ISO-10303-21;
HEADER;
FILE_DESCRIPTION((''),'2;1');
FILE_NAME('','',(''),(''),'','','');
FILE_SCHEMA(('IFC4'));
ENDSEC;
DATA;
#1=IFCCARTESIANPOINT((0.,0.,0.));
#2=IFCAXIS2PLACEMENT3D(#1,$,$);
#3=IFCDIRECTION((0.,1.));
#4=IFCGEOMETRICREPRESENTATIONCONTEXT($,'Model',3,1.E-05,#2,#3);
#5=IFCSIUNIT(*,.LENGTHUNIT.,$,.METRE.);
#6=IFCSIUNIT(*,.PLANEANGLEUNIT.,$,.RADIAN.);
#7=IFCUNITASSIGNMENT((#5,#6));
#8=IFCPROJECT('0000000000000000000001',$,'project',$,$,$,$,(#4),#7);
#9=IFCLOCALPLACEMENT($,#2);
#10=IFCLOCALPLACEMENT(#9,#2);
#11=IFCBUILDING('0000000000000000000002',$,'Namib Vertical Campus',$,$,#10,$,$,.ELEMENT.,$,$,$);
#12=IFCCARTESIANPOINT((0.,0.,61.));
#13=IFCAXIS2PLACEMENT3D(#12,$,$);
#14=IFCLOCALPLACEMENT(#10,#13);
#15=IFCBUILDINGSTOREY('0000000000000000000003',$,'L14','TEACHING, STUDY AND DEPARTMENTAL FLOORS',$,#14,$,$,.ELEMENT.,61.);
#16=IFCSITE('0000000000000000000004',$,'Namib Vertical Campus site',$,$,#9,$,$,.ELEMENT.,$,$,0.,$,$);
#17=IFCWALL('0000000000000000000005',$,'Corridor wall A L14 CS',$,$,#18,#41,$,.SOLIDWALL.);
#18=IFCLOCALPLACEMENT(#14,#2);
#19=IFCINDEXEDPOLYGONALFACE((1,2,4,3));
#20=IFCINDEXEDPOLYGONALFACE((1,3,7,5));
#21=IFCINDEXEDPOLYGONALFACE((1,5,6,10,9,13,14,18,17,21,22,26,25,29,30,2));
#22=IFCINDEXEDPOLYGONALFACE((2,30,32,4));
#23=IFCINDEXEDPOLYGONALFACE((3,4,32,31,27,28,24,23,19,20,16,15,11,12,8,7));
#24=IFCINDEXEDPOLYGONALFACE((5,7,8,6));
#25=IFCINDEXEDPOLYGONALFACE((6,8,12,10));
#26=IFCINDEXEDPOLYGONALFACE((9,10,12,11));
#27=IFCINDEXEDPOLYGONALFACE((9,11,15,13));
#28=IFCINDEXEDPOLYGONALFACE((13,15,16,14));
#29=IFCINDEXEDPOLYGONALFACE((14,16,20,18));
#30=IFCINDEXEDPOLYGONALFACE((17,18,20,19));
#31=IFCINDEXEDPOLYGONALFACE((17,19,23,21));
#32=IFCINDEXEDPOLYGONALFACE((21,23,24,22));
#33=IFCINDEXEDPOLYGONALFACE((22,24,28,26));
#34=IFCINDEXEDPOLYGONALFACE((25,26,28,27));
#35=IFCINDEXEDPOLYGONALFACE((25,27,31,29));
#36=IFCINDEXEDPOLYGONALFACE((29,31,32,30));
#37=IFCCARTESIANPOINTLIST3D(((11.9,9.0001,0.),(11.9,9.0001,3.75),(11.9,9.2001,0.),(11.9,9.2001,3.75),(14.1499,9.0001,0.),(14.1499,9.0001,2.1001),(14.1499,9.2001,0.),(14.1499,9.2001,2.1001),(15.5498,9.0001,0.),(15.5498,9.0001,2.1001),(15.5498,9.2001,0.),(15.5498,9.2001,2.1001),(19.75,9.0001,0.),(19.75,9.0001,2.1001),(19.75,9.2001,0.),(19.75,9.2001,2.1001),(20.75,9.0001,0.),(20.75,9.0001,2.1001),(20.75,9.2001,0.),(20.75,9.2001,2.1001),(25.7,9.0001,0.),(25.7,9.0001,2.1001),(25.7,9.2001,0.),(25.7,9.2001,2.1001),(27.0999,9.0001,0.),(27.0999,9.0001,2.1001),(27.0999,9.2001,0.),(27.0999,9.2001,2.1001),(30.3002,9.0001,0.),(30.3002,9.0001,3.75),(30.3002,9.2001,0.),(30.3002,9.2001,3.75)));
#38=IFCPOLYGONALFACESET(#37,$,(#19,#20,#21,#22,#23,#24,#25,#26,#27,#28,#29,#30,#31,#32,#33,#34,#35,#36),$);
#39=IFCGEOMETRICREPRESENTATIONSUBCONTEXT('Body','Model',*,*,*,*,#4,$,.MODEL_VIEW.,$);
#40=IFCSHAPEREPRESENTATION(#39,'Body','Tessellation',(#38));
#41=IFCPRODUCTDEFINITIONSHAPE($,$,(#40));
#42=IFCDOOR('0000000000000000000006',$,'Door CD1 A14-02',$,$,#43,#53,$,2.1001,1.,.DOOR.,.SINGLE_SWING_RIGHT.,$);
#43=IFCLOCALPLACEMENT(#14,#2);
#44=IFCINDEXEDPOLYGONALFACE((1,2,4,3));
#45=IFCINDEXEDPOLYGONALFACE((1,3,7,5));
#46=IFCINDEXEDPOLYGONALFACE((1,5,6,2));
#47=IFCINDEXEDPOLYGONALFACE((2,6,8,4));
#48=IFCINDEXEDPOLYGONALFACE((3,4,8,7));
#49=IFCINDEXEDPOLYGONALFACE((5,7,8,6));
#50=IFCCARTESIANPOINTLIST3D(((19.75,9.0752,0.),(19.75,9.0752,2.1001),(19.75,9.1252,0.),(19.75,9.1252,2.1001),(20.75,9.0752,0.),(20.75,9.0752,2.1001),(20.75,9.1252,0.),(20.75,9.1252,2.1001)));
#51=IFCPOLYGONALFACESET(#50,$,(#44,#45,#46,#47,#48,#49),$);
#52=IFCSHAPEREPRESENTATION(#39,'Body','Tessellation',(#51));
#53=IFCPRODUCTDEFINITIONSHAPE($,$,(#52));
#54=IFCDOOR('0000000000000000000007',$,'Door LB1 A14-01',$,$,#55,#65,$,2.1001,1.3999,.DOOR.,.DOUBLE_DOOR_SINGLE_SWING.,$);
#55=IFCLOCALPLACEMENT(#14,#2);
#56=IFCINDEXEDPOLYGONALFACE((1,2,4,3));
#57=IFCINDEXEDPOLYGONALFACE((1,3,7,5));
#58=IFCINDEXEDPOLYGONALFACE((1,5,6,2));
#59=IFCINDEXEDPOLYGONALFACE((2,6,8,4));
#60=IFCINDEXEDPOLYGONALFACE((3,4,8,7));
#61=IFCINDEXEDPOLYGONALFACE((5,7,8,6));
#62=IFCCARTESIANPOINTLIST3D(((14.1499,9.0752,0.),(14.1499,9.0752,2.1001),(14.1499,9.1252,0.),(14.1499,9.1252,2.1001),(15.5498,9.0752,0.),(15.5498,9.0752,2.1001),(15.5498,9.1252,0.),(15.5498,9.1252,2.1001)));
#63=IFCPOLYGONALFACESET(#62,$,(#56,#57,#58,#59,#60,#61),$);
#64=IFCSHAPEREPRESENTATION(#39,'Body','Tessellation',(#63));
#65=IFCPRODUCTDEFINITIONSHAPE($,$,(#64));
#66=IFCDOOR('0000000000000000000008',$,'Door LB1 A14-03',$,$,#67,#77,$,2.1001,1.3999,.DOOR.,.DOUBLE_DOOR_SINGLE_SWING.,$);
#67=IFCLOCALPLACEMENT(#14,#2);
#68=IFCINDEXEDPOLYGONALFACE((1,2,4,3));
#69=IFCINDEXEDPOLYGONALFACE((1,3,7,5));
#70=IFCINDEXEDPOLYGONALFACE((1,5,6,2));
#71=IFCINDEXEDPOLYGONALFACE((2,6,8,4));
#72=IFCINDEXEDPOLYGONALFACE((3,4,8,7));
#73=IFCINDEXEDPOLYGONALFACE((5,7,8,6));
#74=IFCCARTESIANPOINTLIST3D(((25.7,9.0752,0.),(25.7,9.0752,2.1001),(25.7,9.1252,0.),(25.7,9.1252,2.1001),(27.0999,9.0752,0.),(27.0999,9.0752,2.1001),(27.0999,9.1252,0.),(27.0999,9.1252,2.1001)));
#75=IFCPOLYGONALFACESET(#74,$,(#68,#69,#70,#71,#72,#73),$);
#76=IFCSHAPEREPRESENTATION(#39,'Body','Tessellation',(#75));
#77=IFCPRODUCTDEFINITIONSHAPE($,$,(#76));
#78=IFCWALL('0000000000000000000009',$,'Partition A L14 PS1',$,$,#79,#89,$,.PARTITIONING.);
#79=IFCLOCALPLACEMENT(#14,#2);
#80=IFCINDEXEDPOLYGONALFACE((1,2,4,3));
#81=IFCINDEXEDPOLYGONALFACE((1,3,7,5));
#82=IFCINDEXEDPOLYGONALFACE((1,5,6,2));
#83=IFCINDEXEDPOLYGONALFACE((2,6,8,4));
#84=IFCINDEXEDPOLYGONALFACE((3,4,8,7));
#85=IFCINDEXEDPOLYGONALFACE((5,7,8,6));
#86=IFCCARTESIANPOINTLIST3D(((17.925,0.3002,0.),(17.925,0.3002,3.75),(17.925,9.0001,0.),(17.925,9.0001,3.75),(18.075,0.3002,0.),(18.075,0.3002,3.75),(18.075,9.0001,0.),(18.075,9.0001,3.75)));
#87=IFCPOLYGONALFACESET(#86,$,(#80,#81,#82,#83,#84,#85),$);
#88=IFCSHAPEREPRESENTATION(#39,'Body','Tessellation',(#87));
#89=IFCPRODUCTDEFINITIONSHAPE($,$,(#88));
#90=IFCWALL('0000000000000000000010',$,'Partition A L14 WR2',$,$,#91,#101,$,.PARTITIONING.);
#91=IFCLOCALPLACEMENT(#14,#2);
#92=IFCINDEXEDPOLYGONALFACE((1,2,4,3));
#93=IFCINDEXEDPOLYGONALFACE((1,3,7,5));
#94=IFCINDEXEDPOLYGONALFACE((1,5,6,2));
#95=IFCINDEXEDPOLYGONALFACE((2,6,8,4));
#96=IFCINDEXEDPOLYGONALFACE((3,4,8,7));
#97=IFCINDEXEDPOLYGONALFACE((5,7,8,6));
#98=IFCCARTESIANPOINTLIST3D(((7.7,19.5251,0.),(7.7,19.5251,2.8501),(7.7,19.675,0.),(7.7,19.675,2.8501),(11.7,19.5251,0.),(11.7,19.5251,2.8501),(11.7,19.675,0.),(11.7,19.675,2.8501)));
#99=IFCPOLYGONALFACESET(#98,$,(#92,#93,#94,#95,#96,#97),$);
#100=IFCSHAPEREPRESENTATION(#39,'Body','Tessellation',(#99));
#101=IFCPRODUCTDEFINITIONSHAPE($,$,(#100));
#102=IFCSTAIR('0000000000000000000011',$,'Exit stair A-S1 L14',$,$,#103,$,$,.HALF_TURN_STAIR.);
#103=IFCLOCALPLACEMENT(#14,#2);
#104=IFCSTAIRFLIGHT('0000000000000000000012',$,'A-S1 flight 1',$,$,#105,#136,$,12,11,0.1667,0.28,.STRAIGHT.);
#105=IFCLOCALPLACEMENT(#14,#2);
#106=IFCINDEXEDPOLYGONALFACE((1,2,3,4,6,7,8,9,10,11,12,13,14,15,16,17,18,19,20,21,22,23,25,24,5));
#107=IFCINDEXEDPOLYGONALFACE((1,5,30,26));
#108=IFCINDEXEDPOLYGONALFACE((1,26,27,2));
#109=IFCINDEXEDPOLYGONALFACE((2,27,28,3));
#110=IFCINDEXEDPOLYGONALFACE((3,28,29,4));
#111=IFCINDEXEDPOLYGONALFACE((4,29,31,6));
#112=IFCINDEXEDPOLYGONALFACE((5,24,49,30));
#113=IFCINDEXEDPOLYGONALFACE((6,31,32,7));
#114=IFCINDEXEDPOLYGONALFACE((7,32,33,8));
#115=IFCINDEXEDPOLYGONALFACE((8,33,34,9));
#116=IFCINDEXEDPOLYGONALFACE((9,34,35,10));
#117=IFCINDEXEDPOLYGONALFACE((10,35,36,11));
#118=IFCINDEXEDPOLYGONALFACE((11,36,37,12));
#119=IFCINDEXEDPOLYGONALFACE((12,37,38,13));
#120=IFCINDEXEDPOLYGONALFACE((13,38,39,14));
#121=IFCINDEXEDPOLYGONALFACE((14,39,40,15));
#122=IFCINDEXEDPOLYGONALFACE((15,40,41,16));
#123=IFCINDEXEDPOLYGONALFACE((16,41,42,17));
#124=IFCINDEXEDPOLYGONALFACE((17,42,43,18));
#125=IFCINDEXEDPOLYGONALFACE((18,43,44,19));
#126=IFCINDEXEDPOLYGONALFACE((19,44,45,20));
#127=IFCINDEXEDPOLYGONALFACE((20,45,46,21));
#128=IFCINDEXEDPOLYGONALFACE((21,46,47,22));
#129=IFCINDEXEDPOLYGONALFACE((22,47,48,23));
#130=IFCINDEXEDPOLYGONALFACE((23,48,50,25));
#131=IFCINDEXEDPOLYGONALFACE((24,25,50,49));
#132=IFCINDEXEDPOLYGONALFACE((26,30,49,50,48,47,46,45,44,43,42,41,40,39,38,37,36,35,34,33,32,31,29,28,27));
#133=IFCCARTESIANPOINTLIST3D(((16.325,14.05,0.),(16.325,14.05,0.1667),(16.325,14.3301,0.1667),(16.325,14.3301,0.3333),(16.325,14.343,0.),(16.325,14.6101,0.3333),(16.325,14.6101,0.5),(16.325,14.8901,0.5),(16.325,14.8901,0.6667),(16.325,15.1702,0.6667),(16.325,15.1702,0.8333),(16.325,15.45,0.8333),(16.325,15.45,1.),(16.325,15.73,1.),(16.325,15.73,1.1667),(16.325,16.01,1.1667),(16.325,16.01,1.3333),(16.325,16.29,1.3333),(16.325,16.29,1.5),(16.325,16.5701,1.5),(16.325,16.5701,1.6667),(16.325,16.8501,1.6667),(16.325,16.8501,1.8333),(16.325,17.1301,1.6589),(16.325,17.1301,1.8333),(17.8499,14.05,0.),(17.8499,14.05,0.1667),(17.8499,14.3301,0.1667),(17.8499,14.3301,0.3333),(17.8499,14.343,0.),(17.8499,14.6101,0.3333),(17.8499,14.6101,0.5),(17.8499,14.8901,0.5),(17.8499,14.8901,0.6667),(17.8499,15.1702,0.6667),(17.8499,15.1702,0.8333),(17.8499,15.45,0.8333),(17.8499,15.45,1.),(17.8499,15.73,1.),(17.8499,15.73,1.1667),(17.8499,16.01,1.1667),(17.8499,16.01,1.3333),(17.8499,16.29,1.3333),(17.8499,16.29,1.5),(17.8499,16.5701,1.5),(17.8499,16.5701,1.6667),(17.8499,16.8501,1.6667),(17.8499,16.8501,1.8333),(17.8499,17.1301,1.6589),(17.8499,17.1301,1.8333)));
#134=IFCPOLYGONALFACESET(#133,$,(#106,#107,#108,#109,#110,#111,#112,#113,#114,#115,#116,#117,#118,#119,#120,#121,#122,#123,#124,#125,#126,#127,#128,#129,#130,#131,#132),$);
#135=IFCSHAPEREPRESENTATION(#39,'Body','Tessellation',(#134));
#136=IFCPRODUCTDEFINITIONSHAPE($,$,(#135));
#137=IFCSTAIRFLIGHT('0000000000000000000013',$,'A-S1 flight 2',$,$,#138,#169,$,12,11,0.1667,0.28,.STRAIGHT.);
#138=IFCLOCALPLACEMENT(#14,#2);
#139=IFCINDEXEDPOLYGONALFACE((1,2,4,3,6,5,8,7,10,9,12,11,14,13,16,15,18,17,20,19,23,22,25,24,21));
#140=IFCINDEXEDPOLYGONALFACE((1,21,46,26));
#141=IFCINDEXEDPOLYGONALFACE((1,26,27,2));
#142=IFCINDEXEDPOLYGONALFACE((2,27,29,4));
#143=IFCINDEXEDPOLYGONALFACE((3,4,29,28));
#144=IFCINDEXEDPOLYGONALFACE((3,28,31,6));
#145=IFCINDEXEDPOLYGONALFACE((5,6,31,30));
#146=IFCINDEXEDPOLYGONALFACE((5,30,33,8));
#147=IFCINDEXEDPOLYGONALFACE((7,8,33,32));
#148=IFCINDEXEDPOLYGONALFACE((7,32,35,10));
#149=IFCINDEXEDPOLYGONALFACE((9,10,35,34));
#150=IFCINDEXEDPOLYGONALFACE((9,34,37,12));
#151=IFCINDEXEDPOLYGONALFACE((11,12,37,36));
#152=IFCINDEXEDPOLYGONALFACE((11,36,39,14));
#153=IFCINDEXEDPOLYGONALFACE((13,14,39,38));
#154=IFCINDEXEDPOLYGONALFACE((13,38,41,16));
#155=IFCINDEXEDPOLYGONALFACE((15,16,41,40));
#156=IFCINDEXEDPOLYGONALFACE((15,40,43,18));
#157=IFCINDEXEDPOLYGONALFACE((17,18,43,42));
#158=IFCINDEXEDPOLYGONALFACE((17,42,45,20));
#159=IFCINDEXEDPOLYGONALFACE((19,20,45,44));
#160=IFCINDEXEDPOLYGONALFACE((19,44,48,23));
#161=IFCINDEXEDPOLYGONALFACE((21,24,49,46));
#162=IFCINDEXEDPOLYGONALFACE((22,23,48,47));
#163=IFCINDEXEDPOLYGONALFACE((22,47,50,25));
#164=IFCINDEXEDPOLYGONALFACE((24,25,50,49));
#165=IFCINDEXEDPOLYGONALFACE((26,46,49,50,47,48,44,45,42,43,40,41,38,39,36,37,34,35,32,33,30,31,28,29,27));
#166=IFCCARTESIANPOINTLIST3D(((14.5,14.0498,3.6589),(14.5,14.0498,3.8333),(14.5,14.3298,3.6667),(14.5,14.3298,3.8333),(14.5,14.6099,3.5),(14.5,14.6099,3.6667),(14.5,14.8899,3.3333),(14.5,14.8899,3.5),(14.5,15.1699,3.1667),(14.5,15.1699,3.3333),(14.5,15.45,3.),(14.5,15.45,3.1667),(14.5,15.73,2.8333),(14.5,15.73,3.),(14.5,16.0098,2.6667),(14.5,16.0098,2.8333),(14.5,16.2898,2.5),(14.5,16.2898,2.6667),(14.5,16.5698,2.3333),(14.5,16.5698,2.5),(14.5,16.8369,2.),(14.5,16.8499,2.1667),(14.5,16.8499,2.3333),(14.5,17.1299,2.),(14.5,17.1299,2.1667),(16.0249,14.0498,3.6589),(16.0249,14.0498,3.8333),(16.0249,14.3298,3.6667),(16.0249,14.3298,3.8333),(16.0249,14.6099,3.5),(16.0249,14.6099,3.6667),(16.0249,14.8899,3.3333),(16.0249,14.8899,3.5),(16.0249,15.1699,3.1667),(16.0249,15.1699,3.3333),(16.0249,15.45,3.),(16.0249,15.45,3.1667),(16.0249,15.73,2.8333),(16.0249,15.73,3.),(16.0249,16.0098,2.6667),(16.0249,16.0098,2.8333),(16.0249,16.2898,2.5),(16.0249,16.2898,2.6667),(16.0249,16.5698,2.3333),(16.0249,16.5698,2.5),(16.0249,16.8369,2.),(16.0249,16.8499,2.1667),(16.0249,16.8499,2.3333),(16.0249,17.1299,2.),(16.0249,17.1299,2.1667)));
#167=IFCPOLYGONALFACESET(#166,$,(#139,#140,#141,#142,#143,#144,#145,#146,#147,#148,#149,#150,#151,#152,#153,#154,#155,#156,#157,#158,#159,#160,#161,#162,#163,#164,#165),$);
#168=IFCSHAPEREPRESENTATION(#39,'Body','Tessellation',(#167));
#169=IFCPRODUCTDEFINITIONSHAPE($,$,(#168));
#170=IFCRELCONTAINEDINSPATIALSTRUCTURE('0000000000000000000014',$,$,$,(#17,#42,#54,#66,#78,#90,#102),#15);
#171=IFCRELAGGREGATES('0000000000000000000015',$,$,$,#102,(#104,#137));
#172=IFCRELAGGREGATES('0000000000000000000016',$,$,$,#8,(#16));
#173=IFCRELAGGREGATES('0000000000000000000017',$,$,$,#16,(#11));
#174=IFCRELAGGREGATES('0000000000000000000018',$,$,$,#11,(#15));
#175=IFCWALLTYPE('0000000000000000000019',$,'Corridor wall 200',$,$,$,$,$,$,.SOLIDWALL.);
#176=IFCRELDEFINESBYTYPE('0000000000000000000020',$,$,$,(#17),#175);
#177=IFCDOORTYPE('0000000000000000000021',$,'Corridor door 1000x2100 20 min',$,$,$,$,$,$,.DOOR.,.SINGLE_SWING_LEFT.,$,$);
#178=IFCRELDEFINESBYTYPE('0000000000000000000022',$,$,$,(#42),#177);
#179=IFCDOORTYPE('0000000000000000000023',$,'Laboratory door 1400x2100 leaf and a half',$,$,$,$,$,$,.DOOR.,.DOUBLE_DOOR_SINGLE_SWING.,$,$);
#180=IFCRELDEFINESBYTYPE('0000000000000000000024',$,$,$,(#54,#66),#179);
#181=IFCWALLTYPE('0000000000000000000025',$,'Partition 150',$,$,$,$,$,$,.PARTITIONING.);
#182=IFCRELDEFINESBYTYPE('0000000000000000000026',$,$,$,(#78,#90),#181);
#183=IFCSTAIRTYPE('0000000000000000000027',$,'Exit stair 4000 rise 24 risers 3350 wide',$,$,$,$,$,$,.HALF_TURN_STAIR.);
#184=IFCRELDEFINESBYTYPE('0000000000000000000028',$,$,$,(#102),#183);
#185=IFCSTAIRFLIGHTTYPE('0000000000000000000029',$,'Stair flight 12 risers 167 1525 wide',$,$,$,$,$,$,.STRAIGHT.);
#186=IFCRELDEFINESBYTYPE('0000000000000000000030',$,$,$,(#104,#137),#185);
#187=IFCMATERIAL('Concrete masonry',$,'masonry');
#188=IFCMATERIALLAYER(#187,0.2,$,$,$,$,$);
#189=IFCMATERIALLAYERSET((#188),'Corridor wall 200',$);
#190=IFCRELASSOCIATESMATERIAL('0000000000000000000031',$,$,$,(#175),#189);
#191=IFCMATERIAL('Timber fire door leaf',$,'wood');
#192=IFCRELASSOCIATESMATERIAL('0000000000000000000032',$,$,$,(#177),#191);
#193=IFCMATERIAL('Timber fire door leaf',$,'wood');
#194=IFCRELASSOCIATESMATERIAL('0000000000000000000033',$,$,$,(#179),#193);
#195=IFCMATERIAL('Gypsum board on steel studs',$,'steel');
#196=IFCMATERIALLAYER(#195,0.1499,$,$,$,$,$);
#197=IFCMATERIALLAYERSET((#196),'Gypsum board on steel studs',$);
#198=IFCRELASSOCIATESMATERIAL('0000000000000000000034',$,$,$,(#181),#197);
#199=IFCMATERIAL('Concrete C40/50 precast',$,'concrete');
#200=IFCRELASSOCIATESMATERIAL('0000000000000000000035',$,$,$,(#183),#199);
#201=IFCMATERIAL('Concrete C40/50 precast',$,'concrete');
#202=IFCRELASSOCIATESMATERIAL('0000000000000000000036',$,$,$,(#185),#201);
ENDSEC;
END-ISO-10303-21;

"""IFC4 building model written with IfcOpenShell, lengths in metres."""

from ifc_helpers import new_model, si_unit, direction, frame, frame_2d, origin, place, context, subcontext, project, spatial, polyline, rectangle, outline, extrude, material, layer, layer_set, type_object, element, fill, aggregate, save


model = new_model("IFC4")

# Units and contexts
model_context = context("Model", 3, precision=1e-05, world=origin(), true_north=direction((0.0, 1.0)))
body_context = subcontext(model_context, "Body", "Model", "MODEL_VIEW")
ifc_project = project(units=[si_unit("LENGTHUNIT", "METRE"), si_unit("PLANEANGLEUNIT", "RADIAN")], contexts=[model_context])

# Site, building, storey
site_placement = place(None, origin())
site = spatial("IfcSite", under=ifc_project, at=site_placement, Name="Namib Vertical Campus site", CompositionType="ELEMENT", RefElevation=0.0)
building_placement = place(site_placement, origin())
building = spatial("IfcBuilding", under=site, at=building_placement, Name="Namib Vertical Campus", CompositionType="ELEMENT")
storey_placement = place(building_placement, frame((0.0, 0.0, 61.0)))
storey = spatial("IfcBuildingStorey", under=building, at=storey_placement, Name="L14", Description="TEACHING, STUDY AND DEPARTMENTAL FLOORS", CompositionType="ELEMENT", Elevation=61.0)

# Wall, openings, doors
ifc_material_1 = material(Name="Concrete masonry", Category="masonry")
ifc_layer_1 = layer(ifc_material_1, 0.2)
ifc_layer_set_1 = layer_set([ifc_layer_1], Name="Corridor wall 200")
wall_type_1 = type_object("IfcWallType", Name="Corridor wall 200", PredefinedType="SOLIDWALL", material=ifc_layer_set_1)
wall_1_placement = place(storey_placement, frame((11.8999, 9.1001, 0.0), z_axis=(0.0, 0.0, 1.0), x_axis=(1.0, 0.0, 0.0)))
wall_1 = element("IfcWall", 1, at=wall_1_placement, inside=storey, type_object=wall_type_1, Name="Corridor wall A L14 CS", PredefinedType="SOLIDWALL", context=body_context, shape_type="SweptSolid", body=[
    extrude(rectangle(XDim=18.4001, YDim=0.2, at=frame_2d((9.2002, 0.0))), origin(), (0.0, 0.0, 1.0), 3.75),
])
opening_1_placement = place(wall_1_placement, frame((2.25, 0.0, 0.0)))
opening_1 = element("IfcOpeningElement", 2, at=opening_1_placement, cuts=wall_1, PredefinedType="OPENING", context=body_context, shape_type="SweptSolid", body=[
    extrude(rectangle(XDim=1.3999, YDim=2.1001, at=frame_2d((0.7, 1.05))), frame((0.0, 0.1099, 0.0), z_axis=(0.0, -1.0, 0.0), x_axis=(1.0, 0.0, 0.0)), (0.0, 0.0, 1.0), 0.22),
])
opening_2_placement = place(wall_1_placement, frame((7.8501, 0.0, 0.0)))
opening_2 = element("IfcOpeningElement", 3, at=opening_2_placement, cuts=wall_1, PredefinedType="OPENING", context=body_context, shape_type="SweptSolid", body=[
    extrude(rectangle(XDim=1.0, YDim=2.1001, at=frame_2d((0.5, 1.05))), frame((0.0, 0.1099, 0.0), z_axis=(0.0, -1.0, 0.0), x_axis=(1.0, 0.0, 0.0)), (0.0, 0.0, 1.0), 0.22),
])
opening_3_placement = place(wall_1_placement, frame((13.8, 0.0, 0.0)))
opening_3 = element("IfcOpeningElement", 4, at=opening_3_placement, cuts=wall_1, PredefinedType="OPENING", context=body_context, shape_type="SweptSolid", body=[
    extrude(rectangle(XDim=1.3999, YDim=2.1001, at=frame_2d((0.7, 1.05))), frame((0.0, 0.1099, 0.0), z_axis=(0.0, -1.0, 0.0), x_axis=(1.0, 0.0, 0.0)), (0.0, 0.0, 1.0), 0.22),
])
ifc_material_2 = material(Name="Timber fire door leaf", Category="wood")
door_type_1 = type_object("IfcDoorType", Name="Corridor door 1000x2100 20 min", OperationType="SINGLE_SWING_LEFT", PredefinedType="DOOR", material=ifc_material_2)
door_1_placement = place(opening_2_placement, frame((1.0, 0.0, 0.0), z_axis=(0.0, 0.0, 1.0), x_axis=(-1.0, 0.0, 0.0)))
door_1 = element("IfcDoor", 5, at=door_1_placement, inside=storey, type_object=door_type_1, Name="Door CD1 A14-02", OperationType="SINGLE_SWING_RIGHT", OverallHeight=2.1001, OverallWidth=1.0, PredefinedType="DOOR", context=body_context, shape_type="SweptSolid", body=[
    extrude(rectangle(XDim=1.0, YDim=2.1001, at=frame_2d((0.5, 1.05))), frame((0.0, 0.0249, 0.0), z_axis=(0.0, -1.0, 0.0), x_axis=(1.0, 0.0, 0.0)), (0.0, 0.0, 1.0), 0.05),
])
fill(opening_2, door_1)
ifc_material_3 = material(Name="Timber fire door leaf", Category="wood")
door_type_2 = type_object("IfcDoorType", Name="Laboratory door 1400x2100 leaf and a half", OperationType="DOUBLE_DOOR_SINGLE_SWING", PredefinedType="DOOR", material=ifc_material_3)
door_2_placement = place(opening_1_placement, frame((1.3999, 0.0, 0.0), z_axis=(0.0, 0.0, 1.0), x_axis=(-1.0, 0.0, 0.0)))
door_2 = element("IfcDoor", 6, at=door_2_placement, inside=storey, type_object=door_type_2, Name="Door LB1 A14-01", OperationType="DOUBLE_DOOR_SINGLE_SWING", OverallHeight=2.1001, OverallWidth=1.3999, PredefinedType="DOOR", context=body_context, shape_type="SweptSolid", body=[
    extrude(rectangle(XDim=1.3999, YDim=2.1001, at=frame_2d((0.7, 1.05))), frame((0.0, 0.0249, 0.0), z_axis=(0.0, -1.0, 0.0), x_axis=(1.0, 0.0, 0.0)), (0.0, 0.0, 1.0), 0.05),
])
fill(opening_1, door_2)
door_3_placement = place(opening_3_placement, frame((1.3999, 0.0, 0.0), z_axis=(0.0, 0.0, 1.0), x_axis=(-1.0, 0.0, 0.0)))
door_3 = element("IfcDoor", 7, at=door_3_placement, inside=storey, type_object=door_type_2, Name="Door LB1 A14-03", OperationType="DOUBLE_DOOR_SINGLE_SWING", OverallHeight=2.1001, OverallWidth=1.3999, PredefinedType="DOOR", context=body_context, shape_type="SweptSolid", body=[
    extrude(rectangle(XDim=1.3999, YDim=2.1001, at=frame_2d((0.7, 1.05))), frame((0.0, 0.0249, 0.0), z_axis=(0.0, -1.0, 0.0), x_axis=(1.0, 0.0, 0.0)), (0.0, 0.0, 1.0), 0.05),
])
fill(opening_3, door_3)

# Walls
ifc_material_4 = material(Name="Gypsum board on steel studs", Category="steel")
ifc_layer_2 = layer(ifc_material_4, 0.1499)
ifc_layer_set_2 = layer_set([ifc_layer_2], Name="Gypsum board on steel studs")
wall_type_2 = type_object("IfcWallType", Name="Partition 150", PredefinedType="PARTITIONING", material=ifc_layer_set_2)
wall_2_placement = place(storey_placement, frame((18.0, 0.3, 0.0), z_axis=(0.0, 0.0, 1.0), x_axis=(0.0, 1.0, 0.0)))
element("IfcWall", 8, at=wall_2_placement, inside=storey, type_object=wall_type_2, Name="Partition A L14 PS1", PredefinedType="PARTITIONING", context=body_context, shape_type="SweptSolid", body=[
    extrude(rectangle(XDim=8.7, YDim=0.1499, at=frame_2d((4.3501, 0.0))), origin(), (0.0, 0.0, 1.0), 3.75),
])
wall_3_placement = place(storey_placement, frame((11.7, 19.6001, 0.0), z_axis=(0.0, 0.0, 1.0), x_axis=(-1.0, 0.0, 0.0)))
element("IfcWall", 9, at=wall_3_placement, inside=storey, type_object=wall_type_2, Name="Partition A L14 WR2", PredefinedType="PARTITIONING", context=body_context, shape_type="SweptSolid", body=[
    extrude(rectangle(XDim=4.0, YDim=0.1499, at=frame_2d((2.0, 0.0))), origin(), (0.0, 0.0, 1.0), 2.8501),
])

# Stair, stair flights
ifc_material_5 = material(Name="Concrete C40/50 precast", Category="concrete")
stair_type = type_object("IfcStairType", Name="Exit stair 4000 rise 24 risers 3350 wide", PredefinedType="HALF_TURN_STAIR", material=ifc_material_5)
stair_placement = place(storey_placement, origin())
stair = element("IfcStair", 10, at=stair_placement, inside=storey, type_object=stair_type, Name="Exit stair A-S1 L14", PredefinedType="HALF_TURN_STAIR")
ifc_material_6 = material(Name="Concrete C40/50 precast", Category="concrete")
stair_flight_type = type_object("IfcStairFlightType", Name="Stair flight 12 risers 167 1525 wide", PredefinedType="STRAIGHT", material=ifc_material_6)
stair_flight_1_placement = place(storey_placement, frame((17.0874, 14.05, 0.0), z_axis=(0.0, 0.0, 1.0), x_axis=(0.0, 1.0, 0.0)))
stair_flight_1 = element("IfcStairFlight", 11, at=stair_flight_1_placement, type_object=stair_flight_type, Name="A-S1 flight 1", NumberOfRisers=12, NumberOfTreads=11, PredefinedType="STRAIGHT", RiserHeight=0.1667, TreadLength=0.28, context=body_context, shape_type="SweptSolid", body=[
    extrude(outline(polyline([(0.0, 0.0), (0.0, 0.1667), (0.28, 0.1667), (0.28, 0.3333), (0.5601, 0.3333), (0.5601, 0.5), (0.8401, 0.5), (0.8401, 0.6667), (1.1201, 0.6667), (1.1201, 0.8333), (1.3999, 0.8333), (1.3999, 1.0), (1.6799, 1.0), (1.6799, 1.1667), (1.96, 1.1667), (1.96, 1.3333), (2.24, 1.3333), (2.24, 1.5), (2.52, 1.5), (2.52, 1.6667), (2.8, 1.6667), (2.8, 1.8333), (3.0801, 1.8333), (3.0801, 2.0), (3.0801, 1.6589), (0.293, 0.0), (0.0, 0.0)])), frame((0.0, 0.7625, 0.0), z_axis=(0.0, -1.0, 0.0), x_axis=(1.0, 0.0, 0.0)), (0.0, 0.0, 1.0), 1.5249),
])
stair_flight_2_placement = place(storey_placement, frame((15.2625, 17.1299, 2.0), z_axis=(0.0, 0.0, 1.0), x_axis=(0.0, -1.0, 0.0)))
stair_flight_2 = element("IfcStairFlight", 12, at=stair_flight_2_placement, type_object=stair_flight_type, Name="A-S1 flight 2", NumberOfRisers=12, NumberOfTreads=11, PredefinedType="STRAIGHT", RiserHeight=0.1667, TreadLength=0.28, context=body_context, shape_type="SweptSolid", body=[
    extrude(outline(polyline([(0.0, 0.0), (0.0, 0.1667), (0.28, 0.1667), (0.28, 0.3333), (0.5601, 0.3333), (0.5601, 0.5), (0.8401, 0.5), (0.8401, 0.6667), (1.1201, 0.6667), (1.1201, 0.8333), (1.3999, 0.8333), (1.3999, 1.0), (1.6799, 1.0), (1.6799, 1.1667), (1.96, 1.1667), (1.96, 1.3333), (2.24, 1.3333), (2.24, 1.5), (2.52, 1.5), (2.52, 1.6667), (2.8, 1.6667), (2.8, 1.8333), (3.0801, 1.8333), (3.0801, 2.0), (3.0801, 1.6589), (0.293, 0.0), (0.0, 0.0)])), frame((0.0, 0.7625, 0.0), z_axis=(0.0, -1.0, 0.0), x_axis=(1.0, 0.0, 0.0)), (0.0, 0.0, 1.0), 1.5249),
])
aggregate(stair, [stair_flight_1, stair_flight_2])

save(model, "model.ifc")
